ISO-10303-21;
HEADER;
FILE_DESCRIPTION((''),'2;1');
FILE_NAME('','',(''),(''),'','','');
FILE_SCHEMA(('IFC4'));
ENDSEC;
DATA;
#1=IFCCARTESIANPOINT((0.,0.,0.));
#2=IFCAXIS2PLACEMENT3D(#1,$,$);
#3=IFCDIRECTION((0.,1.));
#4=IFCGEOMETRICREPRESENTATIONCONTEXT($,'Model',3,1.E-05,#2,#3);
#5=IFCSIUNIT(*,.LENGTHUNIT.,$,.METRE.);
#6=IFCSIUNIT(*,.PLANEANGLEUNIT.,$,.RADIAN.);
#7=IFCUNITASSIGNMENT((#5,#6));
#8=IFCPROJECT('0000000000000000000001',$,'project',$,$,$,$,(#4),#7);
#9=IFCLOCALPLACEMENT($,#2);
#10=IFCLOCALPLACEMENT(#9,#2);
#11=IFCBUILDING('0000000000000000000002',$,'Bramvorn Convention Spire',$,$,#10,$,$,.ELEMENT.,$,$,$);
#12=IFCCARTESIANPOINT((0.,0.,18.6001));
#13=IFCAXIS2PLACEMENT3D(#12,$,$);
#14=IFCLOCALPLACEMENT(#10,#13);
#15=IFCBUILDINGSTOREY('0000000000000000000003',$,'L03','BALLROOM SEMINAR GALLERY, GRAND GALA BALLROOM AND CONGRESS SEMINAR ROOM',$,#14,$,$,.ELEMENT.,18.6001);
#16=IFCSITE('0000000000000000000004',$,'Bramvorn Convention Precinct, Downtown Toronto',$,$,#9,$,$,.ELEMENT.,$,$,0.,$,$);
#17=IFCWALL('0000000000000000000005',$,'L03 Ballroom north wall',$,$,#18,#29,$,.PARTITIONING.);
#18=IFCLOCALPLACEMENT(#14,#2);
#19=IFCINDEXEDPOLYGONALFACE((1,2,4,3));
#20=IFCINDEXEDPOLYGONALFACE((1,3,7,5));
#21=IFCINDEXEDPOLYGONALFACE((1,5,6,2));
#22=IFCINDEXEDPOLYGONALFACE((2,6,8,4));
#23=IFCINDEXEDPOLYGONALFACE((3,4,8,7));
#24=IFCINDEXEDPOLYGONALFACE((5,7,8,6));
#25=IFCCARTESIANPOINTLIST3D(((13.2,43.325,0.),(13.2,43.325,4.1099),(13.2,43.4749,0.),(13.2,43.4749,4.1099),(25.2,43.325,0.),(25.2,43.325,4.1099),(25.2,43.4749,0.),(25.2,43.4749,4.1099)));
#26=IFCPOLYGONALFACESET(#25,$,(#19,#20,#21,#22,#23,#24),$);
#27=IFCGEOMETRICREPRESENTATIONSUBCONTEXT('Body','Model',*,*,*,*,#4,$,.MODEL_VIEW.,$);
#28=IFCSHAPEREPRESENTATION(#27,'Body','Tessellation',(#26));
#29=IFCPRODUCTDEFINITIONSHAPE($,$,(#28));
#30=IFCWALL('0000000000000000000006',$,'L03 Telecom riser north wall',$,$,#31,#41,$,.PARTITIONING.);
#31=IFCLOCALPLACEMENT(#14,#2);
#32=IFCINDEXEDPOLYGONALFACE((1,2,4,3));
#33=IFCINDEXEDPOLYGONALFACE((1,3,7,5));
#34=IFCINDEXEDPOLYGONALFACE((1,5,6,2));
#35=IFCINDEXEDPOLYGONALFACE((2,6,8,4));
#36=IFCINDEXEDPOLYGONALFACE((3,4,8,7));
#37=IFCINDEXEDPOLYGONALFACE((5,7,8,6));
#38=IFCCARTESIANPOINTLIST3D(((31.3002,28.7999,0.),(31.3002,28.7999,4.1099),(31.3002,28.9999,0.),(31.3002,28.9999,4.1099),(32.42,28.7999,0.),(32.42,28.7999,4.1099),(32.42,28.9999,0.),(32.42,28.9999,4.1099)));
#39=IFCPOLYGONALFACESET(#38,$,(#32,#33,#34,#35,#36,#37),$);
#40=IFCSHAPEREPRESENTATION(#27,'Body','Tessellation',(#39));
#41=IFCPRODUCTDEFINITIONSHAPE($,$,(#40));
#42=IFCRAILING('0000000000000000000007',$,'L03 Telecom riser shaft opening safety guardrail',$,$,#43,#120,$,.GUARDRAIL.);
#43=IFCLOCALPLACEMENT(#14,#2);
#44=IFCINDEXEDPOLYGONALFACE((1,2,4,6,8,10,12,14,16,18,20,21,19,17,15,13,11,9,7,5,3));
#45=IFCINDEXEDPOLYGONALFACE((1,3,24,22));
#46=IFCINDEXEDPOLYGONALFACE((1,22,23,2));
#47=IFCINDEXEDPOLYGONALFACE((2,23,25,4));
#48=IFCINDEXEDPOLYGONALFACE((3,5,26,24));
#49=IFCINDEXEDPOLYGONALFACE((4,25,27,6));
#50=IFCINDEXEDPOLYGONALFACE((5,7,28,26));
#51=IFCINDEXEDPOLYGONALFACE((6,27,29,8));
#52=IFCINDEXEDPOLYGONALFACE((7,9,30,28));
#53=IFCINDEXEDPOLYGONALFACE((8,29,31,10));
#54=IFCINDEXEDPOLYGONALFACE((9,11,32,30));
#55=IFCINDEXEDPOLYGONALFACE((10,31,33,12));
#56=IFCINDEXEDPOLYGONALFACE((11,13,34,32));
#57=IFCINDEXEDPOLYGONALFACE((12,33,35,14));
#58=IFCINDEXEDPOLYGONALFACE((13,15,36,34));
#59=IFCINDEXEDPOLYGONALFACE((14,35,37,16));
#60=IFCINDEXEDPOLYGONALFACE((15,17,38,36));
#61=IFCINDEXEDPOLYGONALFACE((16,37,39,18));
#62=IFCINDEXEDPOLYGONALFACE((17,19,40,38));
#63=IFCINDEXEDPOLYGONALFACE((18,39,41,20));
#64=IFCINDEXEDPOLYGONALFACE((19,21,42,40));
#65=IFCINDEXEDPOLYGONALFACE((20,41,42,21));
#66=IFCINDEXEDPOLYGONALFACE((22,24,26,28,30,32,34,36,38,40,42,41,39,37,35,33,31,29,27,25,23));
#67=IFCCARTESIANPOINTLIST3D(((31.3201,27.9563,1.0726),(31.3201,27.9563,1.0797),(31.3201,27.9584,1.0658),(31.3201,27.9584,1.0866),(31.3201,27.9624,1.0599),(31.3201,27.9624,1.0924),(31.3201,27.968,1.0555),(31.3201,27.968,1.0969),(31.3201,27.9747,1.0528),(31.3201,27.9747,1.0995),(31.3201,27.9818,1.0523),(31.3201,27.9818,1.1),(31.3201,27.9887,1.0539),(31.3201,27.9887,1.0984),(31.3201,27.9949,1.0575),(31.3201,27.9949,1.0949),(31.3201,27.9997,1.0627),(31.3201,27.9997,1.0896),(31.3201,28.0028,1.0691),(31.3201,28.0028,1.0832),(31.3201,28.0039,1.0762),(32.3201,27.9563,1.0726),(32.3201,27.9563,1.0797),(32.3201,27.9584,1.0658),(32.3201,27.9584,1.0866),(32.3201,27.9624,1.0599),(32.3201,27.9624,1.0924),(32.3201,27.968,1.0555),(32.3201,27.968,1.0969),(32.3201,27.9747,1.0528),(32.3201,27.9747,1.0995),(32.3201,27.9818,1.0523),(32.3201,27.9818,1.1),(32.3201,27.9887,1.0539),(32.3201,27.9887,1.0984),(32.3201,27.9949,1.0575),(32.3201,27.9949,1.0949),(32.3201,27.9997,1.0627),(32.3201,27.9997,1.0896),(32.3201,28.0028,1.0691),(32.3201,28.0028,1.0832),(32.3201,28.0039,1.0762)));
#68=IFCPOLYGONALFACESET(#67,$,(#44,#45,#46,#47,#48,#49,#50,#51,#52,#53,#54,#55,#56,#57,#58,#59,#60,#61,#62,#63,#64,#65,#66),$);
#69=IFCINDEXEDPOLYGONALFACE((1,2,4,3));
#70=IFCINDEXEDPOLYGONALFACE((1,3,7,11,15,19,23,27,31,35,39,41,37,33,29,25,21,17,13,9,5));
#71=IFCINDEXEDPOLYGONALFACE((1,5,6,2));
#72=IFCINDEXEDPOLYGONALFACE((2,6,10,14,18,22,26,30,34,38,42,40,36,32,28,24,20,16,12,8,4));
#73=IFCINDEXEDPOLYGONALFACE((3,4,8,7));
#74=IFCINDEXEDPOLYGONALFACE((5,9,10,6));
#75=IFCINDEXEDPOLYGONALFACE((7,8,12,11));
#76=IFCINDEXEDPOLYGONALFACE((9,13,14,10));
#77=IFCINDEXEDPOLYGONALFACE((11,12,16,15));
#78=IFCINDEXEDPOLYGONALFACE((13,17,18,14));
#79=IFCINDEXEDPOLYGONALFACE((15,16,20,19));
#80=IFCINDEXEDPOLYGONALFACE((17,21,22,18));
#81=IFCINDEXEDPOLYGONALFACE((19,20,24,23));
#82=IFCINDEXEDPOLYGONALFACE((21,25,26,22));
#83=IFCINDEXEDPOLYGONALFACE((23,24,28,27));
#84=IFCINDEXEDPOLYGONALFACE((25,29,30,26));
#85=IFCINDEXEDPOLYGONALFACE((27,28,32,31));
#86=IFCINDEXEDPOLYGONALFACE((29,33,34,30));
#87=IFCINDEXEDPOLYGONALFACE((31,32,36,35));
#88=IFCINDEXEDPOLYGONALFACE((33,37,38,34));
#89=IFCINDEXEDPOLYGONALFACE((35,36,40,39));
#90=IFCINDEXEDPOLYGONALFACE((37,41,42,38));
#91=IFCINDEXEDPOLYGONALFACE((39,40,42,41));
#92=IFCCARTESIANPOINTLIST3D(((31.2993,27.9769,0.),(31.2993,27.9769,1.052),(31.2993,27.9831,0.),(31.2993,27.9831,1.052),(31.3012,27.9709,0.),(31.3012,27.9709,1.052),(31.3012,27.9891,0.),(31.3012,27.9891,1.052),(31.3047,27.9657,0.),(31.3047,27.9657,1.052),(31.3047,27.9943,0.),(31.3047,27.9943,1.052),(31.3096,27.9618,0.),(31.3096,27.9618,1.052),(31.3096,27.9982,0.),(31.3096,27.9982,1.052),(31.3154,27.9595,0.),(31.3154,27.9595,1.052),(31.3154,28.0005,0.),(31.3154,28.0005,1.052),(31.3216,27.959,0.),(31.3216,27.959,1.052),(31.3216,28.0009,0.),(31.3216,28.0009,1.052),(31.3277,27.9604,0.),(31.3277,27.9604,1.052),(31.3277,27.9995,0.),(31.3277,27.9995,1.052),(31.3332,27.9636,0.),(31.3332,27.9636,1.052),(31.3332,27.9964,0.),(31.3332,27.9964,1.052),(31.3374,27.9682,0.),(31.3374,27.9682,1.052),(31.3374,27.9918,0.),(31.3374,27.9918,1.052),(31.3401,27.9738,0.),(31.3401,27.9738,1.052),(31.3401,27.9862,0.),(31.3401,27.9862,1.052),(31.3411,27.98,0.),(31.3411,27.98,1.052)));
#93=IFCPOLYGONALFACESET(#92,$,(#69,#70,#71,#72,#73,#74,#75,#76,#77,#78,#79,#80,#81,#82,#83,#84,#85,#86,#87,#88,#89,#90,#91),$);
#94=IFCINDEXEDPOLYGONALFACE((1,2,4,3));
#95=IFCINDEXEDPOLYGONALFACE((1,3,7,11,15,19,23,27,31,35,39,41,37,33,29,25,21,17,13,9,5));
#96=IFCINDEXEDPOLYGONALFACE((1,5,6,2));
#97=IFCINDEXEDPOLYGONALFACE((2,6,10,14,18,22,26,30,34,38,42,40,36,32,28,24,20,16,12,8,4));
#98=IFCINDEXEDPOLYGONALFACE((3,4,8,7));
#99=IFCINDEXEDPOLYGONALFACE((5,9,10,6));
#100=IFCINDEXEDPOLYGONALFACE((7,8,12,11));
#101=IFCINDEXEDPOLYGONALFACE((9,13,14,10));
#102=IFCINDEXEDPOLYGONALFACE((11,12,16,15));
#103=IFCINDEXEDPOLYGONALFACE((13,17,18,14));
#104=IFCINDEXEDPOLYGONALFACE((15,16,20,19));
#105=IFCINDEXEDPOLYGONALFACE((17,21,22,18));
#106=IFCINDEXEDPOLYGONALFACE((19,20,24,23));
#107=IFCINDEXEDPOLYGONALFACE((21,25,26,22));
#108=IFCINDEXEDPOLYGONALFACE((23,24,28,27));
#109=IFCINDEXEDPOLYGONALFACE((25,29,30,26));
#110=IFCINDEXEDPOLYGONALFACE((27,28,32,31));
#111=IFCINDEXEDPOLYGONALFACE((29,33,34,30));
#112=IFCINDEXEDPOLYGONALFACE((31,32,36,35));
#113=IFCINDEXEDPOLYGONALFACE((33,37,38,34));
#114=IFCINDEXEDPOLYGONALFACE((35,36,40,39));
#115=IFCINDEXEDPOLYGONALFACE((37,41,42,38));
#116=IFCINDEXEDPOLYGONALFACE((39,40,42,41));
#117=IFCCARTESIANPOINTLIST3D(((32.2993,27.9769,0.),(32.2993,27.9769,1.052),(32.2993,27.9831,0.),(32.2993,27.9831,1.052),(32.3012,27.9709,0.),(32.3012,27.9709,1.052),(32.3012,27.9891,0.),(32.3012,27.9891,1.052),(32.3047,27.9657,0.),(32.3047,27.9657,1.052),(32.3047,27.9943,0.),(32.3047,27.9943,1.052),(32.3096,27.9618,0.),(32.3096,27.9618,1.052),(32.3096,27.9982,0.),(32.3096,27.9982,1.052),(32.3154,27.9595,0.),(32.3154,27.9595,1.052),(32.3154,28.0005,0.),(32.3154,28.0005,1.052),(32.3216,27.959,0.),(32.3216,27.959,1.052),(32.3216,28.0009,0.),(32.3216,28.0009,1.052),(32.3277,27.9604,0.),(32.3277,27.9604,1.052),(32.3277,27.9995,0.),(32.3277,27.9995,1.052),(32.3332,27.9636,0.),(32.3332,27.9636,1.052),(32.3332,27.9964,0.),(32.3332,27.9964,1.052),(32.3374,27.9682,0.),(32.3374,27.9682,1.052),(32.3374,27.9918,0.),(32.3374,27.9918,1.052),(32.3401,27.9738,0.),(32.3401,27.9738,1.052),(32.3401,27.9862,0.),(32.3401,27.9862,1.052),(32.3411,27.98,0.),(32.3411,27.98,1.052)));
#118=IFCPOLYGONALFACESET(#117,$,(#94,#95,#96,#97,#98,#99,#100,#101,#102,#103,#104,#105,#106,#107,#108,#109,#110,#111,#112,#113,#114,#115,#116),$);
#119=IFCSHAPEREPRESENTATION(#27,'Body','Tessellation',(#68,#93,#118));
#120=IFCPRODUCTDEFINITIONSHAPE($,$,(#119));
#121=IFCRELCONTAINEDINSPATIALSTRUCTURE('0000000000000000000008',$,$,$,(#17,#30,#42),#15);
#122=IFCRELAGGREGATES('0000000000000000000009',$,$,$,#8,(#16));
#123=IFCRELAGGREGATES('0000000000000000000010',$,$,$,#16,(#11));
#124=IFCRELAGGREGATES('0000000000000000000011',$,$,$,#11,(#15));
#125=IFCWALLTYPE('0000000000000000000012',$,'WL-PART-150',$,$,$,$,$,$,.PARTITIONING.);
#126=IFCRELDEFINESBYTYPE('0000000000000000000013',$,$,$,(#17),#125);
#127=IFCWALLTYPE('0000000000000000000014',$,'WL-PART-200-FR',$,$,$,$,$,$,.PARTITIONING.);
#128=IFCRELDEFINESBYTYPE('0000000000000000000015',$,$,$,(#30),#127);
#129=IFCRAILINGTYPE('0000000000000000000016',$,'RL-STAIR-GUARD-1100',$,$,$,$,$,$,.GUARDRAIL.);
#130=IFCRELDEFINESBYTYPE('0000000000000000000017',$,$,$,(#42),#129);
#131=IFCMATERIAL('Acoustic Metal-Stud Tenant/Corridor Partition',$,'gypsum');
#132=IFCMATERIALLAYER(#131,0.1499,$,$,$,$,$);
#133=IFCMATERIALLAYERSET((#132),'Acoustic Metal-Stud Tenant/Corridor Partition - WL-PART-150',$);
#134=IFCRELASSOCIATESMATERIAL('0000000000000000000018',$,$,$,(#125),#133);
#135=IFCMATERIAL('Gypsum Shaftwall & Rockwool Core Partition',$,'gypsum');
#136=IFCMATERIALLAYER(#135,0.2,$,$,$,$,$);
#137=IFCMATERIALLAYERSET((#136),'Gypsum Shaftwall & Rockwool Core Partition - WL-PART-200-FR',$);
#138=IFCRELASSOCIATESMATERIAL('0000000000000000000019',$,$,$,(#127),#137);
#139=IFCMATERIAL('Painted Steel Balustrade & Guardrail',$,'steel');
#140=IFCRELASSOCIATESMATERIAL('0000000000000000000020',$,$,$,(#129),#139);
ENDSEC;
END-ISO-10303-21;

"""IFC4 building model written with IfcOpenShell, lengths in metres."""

from ifc_helpers import new_model, si_unit, direction, frame, frame_2d, origin, origin_2d, place, context, subcontext, project, spatial, rectangle, circle, extrude, material, layer, layer_set, type_object, element, save


model = new_model("IFC4")

# Units and contexts
model_context = context("Model", 3, precision=1e-05, world=origin(), true_north=direction((0.0, 1.0)))
body_context = subcontext(model_context, "Body", "Model", "MODEL_VIEW")
ifc_project = project(units=[si_unit("LENGTHUNIT", "METRE"), si_unit("PLANEANGLEUNIT", "RADIAN")], contexts=[model_context])

# Site, building, storey
site_placement = place(None, origin())
site = spatial("IfcSite", under=ifc_project, at=site_placement, Name="Bramvorn Convention Precinct, Downtown Toronto", CompositionType="ELEMENT", RefElevation=0.0)
building_placement = place(site_placement, origin())
building = spatial("IfcBuilding", under=site, at=building_placement, Name="Bramvorn Convention Spire", CompositionType="ELEMENT")
storey_placement = place(building_placement, frame((0.0, 0.0, 18.6001)))
storey = spatial("IfcBuildingStorey", under=building, at=storey_placement, Name="L03", Description="BALLROOM SEMINAR GALLERY, GRAND GALA BALLROOM AND CONGRESS SEMINAR ROOM", CompositionType="ELEMENT", Elevation=18.6001)

# Walls
ifc_material_1 = material(Name="Acoustic Metal-Stud Tenant/Corridor Partition", Category="gypsum")
ifc_layer_1 = layer(ifc_material_1, 0.1499)
ifc_layer_set_1 = layer_set([ifc_layer_1], Name="Acoustic Metal-Stud Tenant/Corridor Partition - WL-PART-150")
wall_type_1 = type_object("IfcWallType", Name="WL-PART-150", PredefinedType="PARTITIONING", material=ifc_layer_set_1)
wall_1_placement = place(storey_placement, frame((13.2, 43.3999, 0.0), z_axis=(0.0, 0.0, 1.0), x_axis=(1.0, 0.0, 0.0)))
element("IfcWall", 1, at=wall_1_placement, inside=storey, type_object=wall_type_1, Name="L03 Ballroom north wall", PredefinedType="PARTITIONING", context=body_context, shape_type="SweptSolid", body=[
    extrude(rectangle(XDim=12.0, YDim=0.1499, at=frame_2d((6.0, 0.0))), origin(), (0.0, 0.0, 1.0), 4.1099),
])
ifc_material_2 = material(Name="Gypsum Shaftwall & Rockwool Core Partition", Category="gypsum")
ifc_layer_2 = layer(ifc_material_2, 0.2)
ifc_layer_set_2 = layer_set([ifc_layer_2], Name="Gypsum Shaftwall & Rockwool Core Partition - WL-PART-200-FR")
wall_type_2 = type_object("IfcWallType", Name="WL-PART-200-FR", PredefinedType="PARTITIONING", material=ifc_layer_set_2)
wall_2_placement = place(storey_placement, frame((31.3, 28.8999, 0.0), z_axis=(0.0, 0.0, 1.0), x_axis=(1.0, 0.0, 0.0)))
element("IfcWall", 2, at=wall_2_placement, inside=storey, type_object=wall_type_2, Name="L03 Telecom riser north wall", PredefinedType="PARTITIONING", context=body_context, shape_type="SweptSolid", body=[
    extrude(rectangle(XDim=1.1199, YDim=0.2, at=frame_2d((0.5601, 0.0))), origin(), (0.0, 0.0, 1.0), 4.1099),
])

# Railing
ifc_material_3 = material(Name="Painted Steel Balustrade & Guardrail", Category="steel")
railing_type = type_object("IfcRailingType", Name="RL-STAIR-GUARD-1100", PredefinedType="GUARDRAIL", material=ifc_material_3)
railing_placement = place(storey_placement, frame((31.3201, 27.98, 0.0)))
element("IfcRailing", 3, at=railing_placement, inside=storey, type_object=railing_type, Name="L03 Telecom riser shaft opening safety guardrail", PredefinedType="GUARDRAIL", context=body_context, shape_type="SweptSolid", body=[
    extrude(circle(Radius=0.0239, at=origin_2d()), frame((0.0, 0.0, 1.0762), z_axis=(1.0, 0.0, 0.0), x_axis=(0.0, 1.0, 0.0)), (0.0, 0.0, 1.0), 1.0),
    extrude(circle(Radius=0.021, at=origin_2d()), origin(), (0.0, 0.0, 1.0), 1.052),
    extrude(circle(Radius=0.021, at=origin_2d()), frame((1.0, 0.0, 0.0)), (0.0, 0.0, 1.0), 1.052),
])

save(model, "model.ifc")
